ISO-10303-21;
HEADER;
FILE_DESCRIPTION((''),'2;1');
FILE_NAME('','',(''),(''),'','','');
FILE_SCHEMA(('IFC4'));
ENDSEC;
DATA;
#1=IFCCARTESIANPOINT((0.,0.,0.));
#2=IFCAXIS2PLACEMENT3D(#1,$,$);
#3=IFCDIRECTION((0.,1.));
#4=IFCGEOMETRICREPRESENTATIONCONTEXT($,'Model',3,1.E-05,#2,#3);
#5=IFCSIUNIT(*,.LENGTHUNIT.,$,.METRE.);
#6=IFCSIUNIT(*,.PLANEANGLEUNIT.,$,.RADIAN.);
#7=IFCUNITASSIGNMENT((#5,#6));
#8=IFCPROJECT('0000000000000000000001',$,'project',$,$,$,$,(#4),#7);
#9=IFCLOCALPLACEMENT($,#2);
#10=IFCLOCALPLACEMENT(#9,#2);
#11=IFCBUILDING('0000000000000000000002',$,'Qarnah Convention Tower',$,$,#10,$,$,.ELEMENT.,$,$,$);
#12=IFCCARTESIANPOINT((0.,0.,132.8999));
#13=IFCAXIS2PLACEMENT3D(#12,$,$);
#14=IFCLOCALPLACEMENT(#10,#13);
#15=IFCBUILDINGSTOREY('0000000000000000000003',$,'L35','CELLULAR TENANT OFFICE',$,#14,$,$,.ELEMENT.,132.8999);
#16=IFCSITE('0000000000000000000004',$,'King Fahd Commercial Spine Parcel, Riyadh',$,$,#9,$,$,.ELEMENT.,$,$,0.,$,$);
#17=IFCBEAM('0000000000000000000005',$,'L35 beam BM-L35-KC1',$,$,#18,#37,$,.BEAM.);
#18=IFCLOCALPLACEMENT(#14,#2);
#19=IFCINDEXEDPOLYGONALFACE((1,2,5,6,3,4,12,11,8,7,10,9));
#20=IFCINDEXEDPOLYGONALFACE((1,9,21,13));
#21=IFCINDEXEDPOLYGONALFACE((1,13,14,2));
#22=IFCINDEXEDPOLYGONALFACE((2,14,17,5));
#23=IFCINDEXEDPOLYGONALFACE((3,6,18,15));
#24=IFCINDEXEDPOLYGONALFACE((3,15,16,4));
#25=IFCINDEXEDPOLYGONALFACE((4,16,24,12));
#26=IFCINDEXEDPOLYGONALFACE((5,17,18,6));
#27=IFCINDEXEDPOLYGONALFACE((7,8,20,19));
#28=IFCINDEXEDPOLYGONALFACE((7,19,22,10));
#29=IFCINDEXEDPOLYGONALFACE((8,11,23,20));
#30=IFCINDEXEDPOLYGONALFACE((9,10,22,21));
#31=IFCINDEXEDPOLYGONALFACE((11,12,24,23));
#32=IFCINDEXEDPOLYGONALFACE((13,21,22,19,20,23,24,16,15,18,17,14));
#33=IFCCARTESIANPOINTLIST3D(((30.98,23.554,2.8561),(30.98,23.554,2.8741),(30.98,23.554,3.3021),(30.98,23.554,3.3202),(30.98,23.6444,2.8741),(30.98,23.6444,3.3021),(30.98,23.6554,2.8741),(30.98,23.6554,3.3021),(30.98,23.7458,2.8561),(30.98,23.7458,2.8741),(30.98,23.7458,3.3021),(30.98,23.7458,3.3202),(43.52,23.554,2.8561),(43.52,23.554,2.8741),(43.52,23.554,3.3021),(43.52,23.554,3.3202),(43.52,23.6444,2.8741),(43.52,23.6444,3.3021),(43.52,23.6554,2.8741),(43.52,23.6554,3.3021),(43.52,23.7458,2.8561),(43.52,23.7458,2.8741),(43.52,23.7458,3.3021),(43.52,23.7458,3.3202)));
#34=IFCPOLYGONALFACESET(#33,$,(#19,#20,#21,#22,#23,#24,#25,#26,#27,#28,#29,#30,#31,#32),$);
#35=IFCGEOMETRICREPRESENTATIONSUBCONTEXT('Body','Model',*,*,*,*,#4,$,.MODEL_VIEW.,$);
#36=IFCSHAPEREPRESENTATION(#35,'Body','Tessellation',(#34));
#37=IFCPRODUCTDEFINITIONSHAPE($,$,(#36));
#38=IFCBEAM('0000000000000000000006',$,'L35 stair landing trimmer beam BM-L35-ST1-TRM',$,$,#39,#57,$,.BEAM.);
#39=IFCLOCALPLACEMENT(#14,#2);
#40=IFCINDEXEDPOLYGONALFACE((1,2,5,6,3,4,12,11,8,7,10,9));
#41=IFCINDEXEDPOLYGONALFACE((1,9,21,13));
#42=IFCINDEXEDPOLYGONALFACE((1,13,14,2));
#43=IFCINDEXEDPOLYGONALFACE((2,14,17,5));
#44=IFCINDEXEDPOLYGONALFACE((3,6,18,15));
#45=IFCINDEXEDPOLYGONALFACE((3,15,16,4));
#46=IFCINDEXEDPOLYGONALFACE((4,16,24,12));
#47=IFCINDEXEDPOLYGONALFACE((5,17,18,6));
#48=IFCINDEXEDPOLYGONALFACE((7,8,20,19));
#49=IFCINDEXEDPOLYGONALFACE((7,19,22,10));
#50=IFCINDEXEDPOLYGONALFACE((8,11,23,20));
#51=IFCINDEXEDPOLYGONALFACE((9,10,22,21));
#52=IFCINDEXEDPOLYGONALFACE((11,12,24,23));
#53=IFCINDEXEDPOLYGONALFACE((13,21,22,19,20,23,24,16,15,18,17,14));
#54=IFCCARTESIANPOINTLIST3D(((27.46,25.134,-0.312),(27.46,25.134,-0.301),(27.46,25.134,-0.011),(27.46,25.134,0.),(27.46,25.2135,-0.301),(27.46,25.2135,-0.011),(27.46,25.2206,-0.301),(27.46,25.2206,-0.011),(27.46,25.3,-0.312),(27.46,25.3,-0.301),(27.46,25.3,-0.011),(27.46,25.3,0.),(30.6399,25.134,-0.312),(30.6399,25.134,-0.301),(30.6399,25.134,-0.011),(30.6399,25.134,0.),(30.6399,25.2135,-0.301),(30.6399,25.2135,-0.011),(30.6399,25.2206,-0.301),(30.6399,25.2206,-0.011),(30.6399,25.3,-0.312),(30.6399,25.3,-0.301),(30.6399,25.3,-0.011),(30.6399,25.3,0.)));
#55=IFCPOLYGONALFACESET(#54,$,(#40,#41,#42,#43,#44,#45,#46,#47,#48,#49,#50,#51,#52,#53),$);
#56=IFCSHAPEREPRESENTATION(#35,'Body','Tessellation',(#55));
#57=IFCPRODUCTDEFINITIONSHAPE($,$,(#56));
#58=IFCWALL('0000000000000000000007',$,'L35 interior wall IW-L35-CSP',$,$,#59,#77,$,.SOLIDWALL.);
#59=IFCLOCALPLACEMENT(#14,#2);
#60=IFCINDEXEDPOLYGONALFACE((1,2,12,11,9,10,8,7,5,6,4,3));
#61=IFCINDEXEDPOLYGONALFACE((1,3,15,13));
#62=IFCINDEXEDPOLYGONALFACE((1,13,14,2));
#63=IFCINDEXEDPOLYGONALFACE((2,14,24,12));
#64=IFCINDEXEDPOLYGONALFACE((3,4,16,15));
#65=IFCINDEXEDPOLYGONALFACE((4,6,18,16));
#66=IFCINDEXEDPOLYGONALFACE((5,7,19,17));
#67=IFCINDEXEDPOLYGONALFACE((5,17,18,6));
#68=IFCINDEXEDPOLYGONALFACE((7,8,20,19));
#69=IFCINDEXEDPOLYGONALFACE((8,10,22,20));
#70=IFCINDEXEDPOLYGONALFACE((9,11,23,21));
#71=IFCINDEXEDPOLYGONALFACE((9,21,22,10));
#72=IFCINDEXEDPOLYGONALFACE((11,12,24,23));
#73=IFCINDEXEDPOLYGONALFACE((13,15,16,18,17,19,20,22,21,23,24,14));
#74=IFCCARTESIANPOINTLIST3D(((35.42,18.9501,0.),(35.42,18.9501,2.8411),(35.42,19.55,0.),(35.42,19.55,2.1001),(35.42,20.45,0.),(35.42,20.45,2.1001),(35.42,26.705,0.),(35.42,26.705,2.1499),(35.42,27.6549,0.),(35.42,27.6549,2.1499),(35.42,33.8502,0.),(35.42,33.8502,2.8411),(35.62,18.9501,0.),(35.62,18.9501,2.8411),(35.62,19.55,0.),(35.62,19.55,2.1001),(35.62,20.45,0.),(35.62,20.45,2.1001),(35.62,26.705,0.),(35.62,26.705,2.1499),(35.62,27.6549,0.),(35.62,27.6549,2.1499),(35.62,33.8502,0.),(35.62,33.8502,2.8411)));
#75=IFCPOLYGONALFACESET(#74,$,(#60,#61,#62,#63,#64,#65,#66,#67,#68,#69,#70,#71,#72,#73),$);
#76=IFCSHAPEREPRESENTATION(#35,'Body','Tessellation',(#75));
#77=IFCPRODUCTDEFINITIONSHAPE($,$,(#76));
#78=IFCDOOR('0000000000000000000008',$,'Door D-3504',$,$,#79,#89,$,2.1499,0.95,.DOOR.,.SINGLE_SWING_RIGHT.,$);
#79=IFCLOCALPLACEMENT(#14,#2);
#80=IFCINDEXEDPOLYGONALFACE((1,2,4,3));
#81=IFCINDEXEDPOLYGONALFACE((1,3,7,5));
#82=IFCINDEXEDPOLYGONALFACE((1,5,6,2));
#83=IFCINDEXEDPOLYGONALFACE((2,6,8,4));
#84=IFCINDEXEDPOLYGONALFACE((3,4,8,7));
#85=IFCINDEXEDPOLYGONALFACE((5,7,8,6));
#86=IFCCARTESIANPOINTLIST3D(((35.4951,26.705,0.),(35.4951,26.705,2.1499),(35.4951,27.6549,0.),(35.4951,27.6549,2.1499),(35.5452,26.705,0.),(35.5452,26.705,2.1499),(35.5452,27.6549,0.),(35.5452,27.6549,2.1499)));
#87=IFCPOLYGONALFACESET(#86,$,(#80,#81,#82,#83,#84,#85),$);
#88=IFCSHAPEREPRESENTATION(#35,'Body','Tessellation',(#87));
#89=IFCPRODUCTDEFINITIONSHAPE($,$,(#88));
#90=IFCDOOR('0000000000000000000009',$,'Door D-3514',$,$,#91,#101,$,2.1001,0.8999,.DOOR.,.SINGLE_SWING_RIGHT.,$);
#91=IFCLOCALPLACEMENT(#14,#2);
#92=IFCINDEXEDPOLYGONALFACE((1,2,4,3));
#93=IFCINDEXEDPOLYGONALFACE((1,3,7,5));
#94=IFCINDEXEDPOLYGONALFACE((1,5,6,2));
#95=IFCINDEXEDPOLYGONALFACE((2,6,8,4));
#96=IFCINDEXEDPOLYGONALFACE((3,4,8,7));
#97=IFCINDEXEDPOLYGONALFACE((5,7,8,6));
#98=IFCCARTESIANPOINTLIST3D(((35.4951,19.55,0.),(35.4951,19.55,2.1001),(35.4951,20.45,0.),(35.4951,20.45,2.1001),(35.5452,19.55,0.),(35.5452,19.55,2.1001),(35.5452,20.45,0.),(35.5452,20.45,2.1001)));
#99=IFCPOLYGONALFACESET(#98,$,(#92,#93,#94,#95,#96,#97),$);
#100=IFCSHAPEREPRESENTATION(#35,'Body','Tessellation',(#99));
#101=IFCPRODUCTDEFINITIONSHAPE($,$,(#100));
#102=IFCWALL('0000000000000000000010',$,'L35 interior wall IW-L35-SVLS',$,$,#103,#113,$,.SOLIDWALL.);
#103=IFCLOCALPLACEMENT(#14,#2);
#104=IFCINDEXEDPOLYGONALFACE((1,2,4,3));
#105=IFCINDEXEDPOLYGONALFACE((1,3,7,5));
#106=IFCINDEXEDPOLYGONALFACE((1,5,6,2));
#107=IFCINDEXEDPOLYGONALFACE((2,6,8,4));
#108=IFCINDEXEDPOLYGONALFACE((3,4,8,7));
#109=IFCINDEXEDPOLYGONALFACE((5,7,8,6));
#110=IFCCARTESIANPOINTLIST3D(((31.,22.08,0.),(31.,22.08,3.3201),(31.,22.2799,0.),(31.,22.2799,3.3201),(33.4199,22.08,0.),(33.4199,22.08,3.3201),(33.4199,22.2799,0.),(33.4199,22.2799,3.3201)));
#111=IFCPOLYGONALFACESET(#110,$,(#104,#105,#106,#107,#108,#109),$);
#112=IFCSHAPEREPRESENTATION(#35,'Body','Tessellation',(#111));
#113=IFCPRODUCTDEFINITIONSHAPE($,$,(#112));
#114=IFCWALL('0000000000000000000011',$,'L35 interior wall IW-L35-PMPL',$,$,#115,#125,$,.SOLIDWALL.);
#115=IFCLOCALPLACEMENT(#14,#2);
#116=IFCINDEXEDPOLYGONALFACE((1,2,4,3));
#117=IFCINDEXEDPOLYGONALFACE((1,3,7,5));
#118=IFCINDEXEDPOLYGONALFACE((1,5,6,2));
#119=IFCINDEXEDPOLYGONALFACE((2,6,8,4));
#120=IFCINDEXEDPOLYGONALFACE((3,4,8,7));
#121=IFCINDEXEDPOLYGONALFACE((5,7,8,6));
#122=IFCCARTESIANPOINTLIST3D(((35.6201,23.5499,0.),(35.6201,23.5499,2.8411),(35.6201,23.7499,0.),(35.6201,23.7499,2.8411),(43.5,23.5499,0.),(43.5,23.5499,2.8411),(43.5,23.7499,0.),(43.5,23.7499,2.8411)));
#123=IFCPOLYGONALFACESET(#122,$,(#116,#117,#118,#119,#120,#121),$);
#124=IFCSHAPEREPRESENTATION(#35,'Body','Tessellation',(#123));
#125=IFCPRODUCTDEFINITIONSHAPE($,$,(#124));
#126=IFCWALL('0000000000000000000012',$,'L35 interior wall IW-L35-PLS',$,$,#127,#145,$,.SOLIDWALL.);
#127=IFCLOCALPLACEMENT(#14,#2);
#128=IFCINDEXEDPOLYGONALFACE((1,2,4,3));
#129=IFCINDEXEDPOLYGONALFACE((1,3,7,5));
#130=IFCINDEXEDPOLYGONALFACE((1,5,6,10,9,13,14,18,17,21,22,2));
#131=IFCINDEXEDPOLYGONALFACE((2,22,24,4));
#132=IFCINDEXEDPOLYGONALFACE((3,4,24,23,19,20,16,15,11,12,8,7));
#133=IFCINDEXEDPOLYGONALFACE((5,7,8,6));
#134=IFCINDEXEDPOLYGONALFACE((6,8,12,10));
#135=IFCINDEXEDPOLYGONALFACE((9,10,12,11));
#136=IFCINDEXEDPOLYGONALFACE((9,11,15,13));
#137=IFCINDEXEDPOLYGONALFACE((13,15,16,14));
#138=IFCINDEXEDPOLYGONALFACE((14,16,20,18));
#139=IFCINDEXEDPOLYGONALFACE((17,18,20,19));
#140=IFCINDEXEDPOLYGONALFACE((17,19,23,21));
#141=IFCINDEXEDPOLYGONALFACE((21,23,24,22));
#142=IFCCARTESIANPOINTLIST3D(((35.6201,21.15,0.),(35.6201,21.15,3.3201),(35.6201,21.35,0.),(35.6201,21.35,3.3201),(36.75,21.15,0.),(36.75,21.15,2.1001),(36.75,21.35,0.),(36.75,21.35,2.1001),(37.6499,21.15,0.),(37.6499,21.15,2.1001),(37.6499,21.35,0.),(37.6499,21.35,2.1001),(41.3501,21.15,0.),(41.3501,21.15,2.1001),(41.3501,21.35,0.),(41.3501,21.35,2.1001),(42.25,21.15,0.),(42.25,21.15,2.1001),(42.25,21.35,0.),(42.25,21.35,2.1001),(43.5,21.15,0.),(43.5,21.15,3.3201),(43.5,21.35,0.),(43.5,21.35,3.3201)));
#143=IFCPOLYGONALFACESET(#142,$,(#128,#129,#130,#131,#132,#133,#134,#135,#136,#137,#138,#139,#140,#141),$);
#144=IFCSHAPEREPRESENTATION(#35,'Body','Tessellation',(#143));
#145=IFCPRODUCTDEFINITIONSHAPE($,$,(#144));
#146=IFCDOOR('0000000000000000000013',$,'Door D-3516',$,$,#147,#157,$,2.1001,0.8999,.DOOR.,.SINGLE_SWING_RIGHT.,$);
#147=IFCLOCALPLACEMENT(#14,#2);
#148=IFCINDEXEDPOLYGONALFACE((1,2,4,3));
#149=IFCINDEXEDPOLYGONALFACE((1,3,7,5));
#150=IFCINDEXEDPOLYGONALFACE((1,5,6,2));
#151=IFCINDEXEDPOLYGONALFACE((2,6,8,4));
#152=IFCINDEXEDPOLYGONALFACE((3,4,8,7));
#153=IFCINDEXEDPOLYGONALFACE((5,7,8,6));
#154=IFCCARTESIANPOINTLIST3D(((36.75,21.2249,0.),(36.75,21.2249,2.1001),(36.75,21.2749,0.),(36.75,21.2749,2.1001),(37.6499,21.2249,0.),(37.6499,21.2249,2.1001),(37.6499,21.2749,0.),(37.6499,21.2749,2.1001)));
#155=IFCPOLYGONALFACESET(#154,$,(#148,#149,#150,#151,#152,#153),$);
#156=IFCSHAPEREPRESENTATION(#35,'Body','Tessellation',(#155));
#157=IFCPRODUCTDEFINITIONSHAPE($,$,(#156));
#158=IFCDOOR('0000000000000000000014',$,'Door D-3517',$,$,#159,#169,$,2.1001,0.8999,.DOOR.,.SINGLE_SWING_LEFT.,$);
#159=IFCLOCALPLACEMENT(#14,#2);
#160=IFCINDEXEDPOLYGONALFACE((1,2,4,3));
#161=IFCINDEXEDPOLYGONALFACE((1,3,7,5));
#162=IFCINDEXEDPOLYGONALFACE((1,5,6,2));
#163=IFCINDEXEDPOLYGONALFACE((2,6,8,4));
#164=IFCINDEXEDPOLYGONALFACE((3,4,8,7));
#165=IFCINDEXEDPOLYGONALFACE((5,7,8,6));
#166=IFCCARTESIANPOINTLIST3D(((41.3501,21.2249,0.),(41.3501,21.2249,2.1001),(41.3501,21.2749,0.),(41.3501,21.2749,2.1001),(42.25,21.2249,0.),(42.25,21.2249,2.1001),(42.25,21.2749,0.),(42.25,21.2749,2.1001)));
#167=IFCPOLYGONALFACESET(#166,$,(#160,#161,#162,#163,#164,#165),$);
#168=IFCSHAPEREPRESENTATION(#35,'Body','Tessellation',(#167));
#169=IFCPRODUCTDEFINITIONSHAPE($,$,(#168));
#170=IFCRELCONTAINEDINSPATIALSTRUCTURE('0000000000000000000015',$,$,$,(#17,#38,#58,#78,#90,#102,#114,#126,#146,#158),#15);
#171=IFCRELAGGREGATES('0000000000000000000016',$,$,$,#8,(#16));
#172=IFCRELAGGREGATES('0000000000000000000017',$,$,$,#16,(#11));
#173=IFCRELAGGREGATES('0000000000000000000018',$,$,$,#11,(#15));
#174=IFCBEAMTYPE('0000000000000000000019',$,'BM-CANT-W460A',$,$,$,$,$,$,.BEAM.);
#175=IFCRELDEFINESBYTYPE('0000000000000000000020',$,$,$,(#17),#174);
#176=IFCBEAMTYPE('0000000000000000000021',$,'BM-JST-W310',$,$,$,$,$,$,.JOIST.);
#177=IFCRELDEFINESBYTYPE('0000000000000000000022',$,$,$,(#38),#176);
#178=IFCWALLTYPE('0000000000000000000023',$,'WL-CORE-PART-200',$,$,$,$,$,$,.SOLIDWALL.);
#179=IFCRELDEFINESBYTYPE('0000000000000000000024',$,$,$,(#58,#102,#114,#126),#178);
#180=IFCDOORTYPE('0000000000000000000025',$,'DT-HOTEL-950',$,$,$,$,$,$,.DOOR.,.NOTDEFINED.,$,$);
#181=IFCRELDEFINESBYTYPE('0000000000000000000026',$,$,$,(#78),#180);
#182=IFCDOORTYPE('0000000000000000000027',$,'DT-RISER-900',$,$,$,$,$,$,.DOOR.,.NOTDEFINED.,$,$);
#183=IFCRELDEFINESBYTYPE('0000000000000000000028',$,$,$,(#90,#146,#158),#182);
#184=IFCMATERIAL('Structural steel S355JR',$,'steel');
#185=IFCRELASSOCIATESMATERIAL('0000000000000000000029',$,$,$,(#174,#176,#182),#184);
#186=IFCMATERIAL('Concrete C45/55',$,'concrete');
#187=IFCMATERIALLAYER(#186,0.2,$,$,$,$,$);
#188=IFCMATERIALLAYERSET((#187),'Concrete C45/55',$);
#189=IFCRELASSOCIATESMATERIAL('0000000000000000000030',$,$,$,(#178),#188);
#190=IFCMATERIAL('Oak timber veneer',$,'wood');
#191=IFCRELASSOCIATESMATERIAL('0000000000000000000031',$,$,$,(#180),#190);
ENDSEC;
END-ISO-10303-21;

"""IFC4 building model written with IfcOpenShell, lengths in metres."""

from ifc_helpers import new_model, si_unit, direction, frame, frame_2d, origin, origin_2d, place, context, subcontext, project, spatial, rectangle, i_section, extrude, material, layer, layer_set, material_profile, profile_set, type_object, element, fill, save


model = new_model("IFC4")

# Units and contexts
model_context = context("Model", 3, precision=1e-05, world=origin(), true_north=direction((0.0, 1.0)))
body_context = subcontext(model_context, "Body", "Model", "MODEL_VIEW")
ifc_project = project(units=[si_unit("LENGTHUNIT", "METRE"), si_unit("PLANEANGLEUNIT", "RADIAN")], contexts=[model_context])

# Site, building, storey
site_placement = place(None, origin())
site = spatial("IfcSite", under=ifc_project, at=site_placement, Name="King Fahd Commercial Spine Parcel, Riyadh", CompositionType="ELEMENT", RefElevation=0.0)
building_placement = place(site_placement, origin())
building = spatial("IfcBuilding", under=site, at=building_placement, Name="Qarnah Convention Tower", CompositionType="ELEMENT")
storey_placement = place(building_placement, frame((0.0, 0.0, 132.8999)))
storey = spatial("IfcBuildingStorey", under=building, at=storey_placement, Name="L35", Description="CELLULAR TENANT OFFICE", CompositionType="ELEMENT", Elevation=132.8999)

# Beams
ifc_material_1 = material(Name="Structural steel S355JR", Category="steel")
ifc_material_profile_1 = material_profile(ifc_material_1, i_section(OverallWidth=0.1919, OverallDepth=0.4641, WebThickness=0.011, FlangeThickness=0.0181, at=origin_2d()), Name="W460X89")
ifc_profile_set_1 = profile_set([ifc_material_profile_1], Name="Structural steel S355JR")
beam_type_1 = type_object("IfcBeamType", Name="BM-CANT-W460A", PredefinedType="BEAM", material=ifc_profile_set_1)
beam_1_placement = place(storey_placement, frame((30.98, 23.6499, 3.0881), z_axis=(1.0, 0.0, 0.0), x_axis=(0.0, 1.0, 0.0)))
element("IfcBeam", 1, at=beam_1_placement, inside=storey, type_object=beam_type_1, Name="L35 beam BM-L35-KC1", PredefinedType="BEAM", context=body_context, shape_type="SweptSolid", body=[
    extrude(i_section(OverallWidth=0.1919, OverallDepth=0.4641, WebThickness=0.011, FlangeThickness=0.0181, at=origin_2d()), origin(), (0.0, 0.0, 1.0), 12.54),
])
ifc_material_profile_2 = material_profile(ifc_material_1, i_section(OverallWidth=0.166, OverallDepth=0.312, WebThickness=0.0071, FlangeThickness=0.011, at=origin_2d()), Name="W310X45")
ifc_profile_set_2 = profile_set([ifc_material_profile_2], Name="Structural steel S355JR")
beam_type_2 = type_object("IfcBeamType", Name="BM-JST-W310", PredefinedType="JOIST", material=ifc_profile_set_2)
beam_2_placement = place(storey_placement, frame((27.46, 25.217, -0.156), z_axis=(1.0, 0.0, 0.0), x_axis=(0.0, 1.0, 0.0)))
element("IfcBeam", 2, at=beam_2_placement, inside=storey, type_object=beam_type_2, Name="L35 stair landing trimmer beam BM-L35-ST1-TRM", PredefinedType="BEAM", context=body_context, shape_type="SweptSolid", body=[
    extrude(i_section(OverallWidth=0.166, OverallDepth=0.312, WebThickness=0.0071, FlangeThickness=0.011, at=origin_2d()), origin(), (0.0, 0.0, 1.0), 3.1799),
])

# Wall, openings, doors
ifc_material_2 = material(Name="Concrete C45/55", Category="concrete")
ifc_layer_1 = layer(ifc_material_2, 0.2)
ifc_layer_set_1 = layer_set([ifc_layer_1], Name="Concrete C45/55")
wall_type_1 = type_object("IfcWallType", Name="WL-CORE-PART-200", PredefinedType="SOLIDWALL", material=ifc_layer_set_1)
wall_1_placement = place(storey_placement, frame((35.52, 18.95, 0.0), z_axis=(0.0, 0.0, 1.0), x_axis=(0.0, 1.0, 0.0)))
wall_1 = element("IfcWall", 3, at=wall_1_placement, inside=storey, type_object=wall_type_1, Name="L35 interior wall IW-L35-CSP", PredefinedType="SOLIDWALL", context=body_context, shape_type="SweptSolid", body=[
    extrude(rectangle(XDim=14.9001, YDim=0.2, at=frame_2d((7.4502, 0.0))), origin(), (0.0, 0.0, 1.0), 2.8411),
])
opening_1_placement = place(wall_1_placement, frame((7.7549, 0.0, 0.0)))
opening_1 = element("IfcOpeningElement", 4, at=opening_1_placement, cuts=wall_1, PredefinedType="OPENING", context=body_context, shape_type="SweptSolid", body=[
    extrude(rectangle(XDim=0.95, YDim=2.1499, at=frame_2d((0.4751, 1.075))), frame((0.0, 0.1099, 0.0), z_axis=(0.0, -1.0, 0.0), x_axis=(1.0, 0.0, 0.0)), (0.0, 0.0, 1.0), 0.22),
])
opening_2_placement = place(wall_1_placement, frame((0.6001, 0.0, 0.0)))
opening_2 = element("IfcOpeningElement", 5, at=opening_2_placement, cuts=wall_1, PredefinedType="OPENING", context=body_context, shape_type="SweptSolid", body=[
    extrude(rectangle(XDim=0.8999, YDim=2.1001, at=frame_2d((0.45, 1.05))), frame((0.0, 0.1099, 0.0), z_axis=(0.0, -1.0, 0.0), x_axis=(1.0, 0.0, 0.0)), (0.0, 0.0, 1.0), 0.22),
])
ifc_material_3 = material(Name="Oak timber veneer", Category="wood")
door_type_1 = type_object("IfcDoorType", Name="DT-HOTEL-950", OperationType="NOTDEFINED", PredefinedType="DOOR", material=ifc_material_3)
door_1_placement = place(opening_1_placement, origin())
door_1 = element("IfcDoor", 6, at=door_1_placement, inside=storey, type_object=door_type_1, Name="Door D-3504", OperationType="SINGLE_SWING_RIGHT", OverallHeight=2.1499, OverallWidth=0.95, PredefinedType="DOOR", context=body_context, shape_type="SweptSolid", body=[
    extrude(rectangle(XDim=0.95, YDim=2.1499, at=frame_2d((0.4751, 1.075))), frame((0.0, 0.0249, 0.0), z_axis=(0.0, -1.0, 0.0), x_axis=(1.0, 0.0, 0.0)), (0.0, 0.0, 1.0), 0.05),
])
fill(opening_1, door_1)
door_type_2 = type_object("IfcDoorType", Name="DT-RISER-900", OperationType="NOTDEFINED", PredefinedType="DOOR", material=ifc_material_1)
door_2_placement = place(opening_2_placement, origin())
door_2 = element("IfcDoor", 7, at=door_2_placement, inside=storey, type_object=door_type_2, Name="Door D-3514", OperationType="SINGLE_SWING_RIGHT", OverallHeight=2.1001, OverallWidth=0.8999, PredefinedType="DOOR", context=body_context, shape_type="SweptSolid", body=[
    extrude(rectangle(XDim=0.8999, YDim=2.1001, at=frame_2d((0.45, 1.05))), frame((0.0, 0.0249, 0.0), z_axis=(0.0, -1.0, 0.0), x_axis=(1.0, 0.0, 0.0)), (0.0, 0.0, 1.0), 0.05),
])
fill(opening_2, door_2)

# Walls
wall_2_placement = place(storey_placement, frame((31.0, 22.1799, 0.0), z_axis=(0.0, 0.0, 1.0), x_axis=(1.0, 0.0, 0.0)))
element("IfcWall", 8, at=wall_2_placement, inside=storey, type_object=wall_type_1, Name="L35 interior wall IW-L35-SVLS", PredefinedType="SOLIDWALL", context=body_context, shape_type="SweptSolid", body=[
    extrude(rectangle(XDim=2.4199, YDim=0.2, at=frame_2d((1.21, 0.0))), origin(), (0.0, 0.0, 1.0), 3.3201),
])
wall_3_placement = place(storey_placement, frame((35.6201, 23.6499, 0.0), z_axis=(0.0, 0.0, 1.0), x_axis=(1.0, 0.0, 0.0)))
element("IfcWall", 9, at=wall_3_placement, inside=storey, type_object=wall_type_1, Name="L35 interior wall IW-L35-PMPL", PredefinedType="SOLIDWALL", context=body_context, shape_type="SweptSolid", body=[
    extrude(rectangle(XDim=7.8799, YDim=0.2, at=frame_2d((3.9399, 0.0))), origin(), (0.0, 0.0, 1.0), 2.8411),
])

# Wall, openings, doors
wall_4_placement = place(storey_placement, frame((35.6201, 21.25, 0.0), z_axis=(0.0, 0.0, 1.0), x_axis=(1.0, 0.0, 0.0)))
wall_4 = element("IfcWall", 10, at=wall_4_placement, inside=storey, type_object=wall_type_1, Name="L35 interior wall IW-L35-PLS", PredefinedType="SOLIDWALL", context=body_context, shape_type="SweptSolid", body=[
    extrude(rectangle(XDim=7.8799, YDim=0.2, at=frame_2d((3.9399, 0.0))), origin(), (0.0, 0.0, 1.0), 3.3201),
])
opening_3_placement = place(wall_4_placement, frame((1.1299, 0.0, 0.0)))
opening_3 = element("IfcOpeningElement", 11, at=opening_3_placement, cuts=wall_4, PredefinedType="OPENING", context=body_context, shape_type="SweptSolid", body=[
    extrude(rectangle(XDim=0.8999, YDim=2.1001, at=frame_2d((0.45, 1.05))), frame((0.0, 0.1099, 0.0), z_axis=(0.0, -1.0, 0.0), x_axis=(1.0, 0.0, 0.0)), (0.0, 0.0, 1.0), 0.22),
])
opening_4_placement = place(wall_4_placement, frame((5.73, 0.0, 0.0)))
opening_4 = element("IfcOpeningElement", 12, at=opening_4_placement, cuts=wall_4, PredefinedType="OPENING", context=body_context, shape_type="SweptSolid", body=[
    extrude(rectangle(XDim=0.8999, YDim=2.1001, at=frame_2d((0.45, 1.05))), frame((0.0, 0.1099, 0.0), z_axis=(0.0, -1.0, 0.0), x_axis=(1.0, 0.0, 0.0)), (0.0, 0.0, 1.0), 0.22),
])
door_3_placement = place(opening_3_placement, origin())
door_3 = element("IfcDoor", 13, at=door_3_placement, inside=storey, type_object=door_type_2, Name="Door D-3516", OperationType="SINGLE_SWING_RIGHT", OverallHeight=2.1001, OverallWidth=0.8999, PredefinedType="DOOR", context=body_context, shape_type="SweptSolid", body=[
    extrude(rectangle(XDim=0.8999, YDim=2.1001, at=frame_2d((0.45, 1.05))), frame((0.0, 0.0249, 0.0), z_axis=(0.0, -1.0, 0.0), x_axis=(1.0, 0.0, 0.0)), (0.0, 0.0, 1.0), 0.05),
])
fill(opening_3, door_3)
door_4_placement = place(opening_4_placement, origin())
door_4 = element("IfcDoor", 14, at=door_4_placement, inside=storey, type_object=door_type_2, Name="Door D-3517", OperationType="SINGLE_SWING_LEFT", OverallHeight=2.1001, OverallWidth=0.8999, PredefinedType="DOOR", context=body_context, shape_type="SweptSolid", body=[
    extrude(rectangle(XDim=0.8999, YDim=2.1001, at=frame_2d((0.45, 1.05))), frame((0.0, 0.0249, 0.0), z_axis=(0.0, -1.0, 0.0), x_axis=(1.0, 0.0, 0.0)), (0.0, 0.0, 1.0), 0.05),
])
fill(opening_4, door_4)

save(model, "model.ifc")
